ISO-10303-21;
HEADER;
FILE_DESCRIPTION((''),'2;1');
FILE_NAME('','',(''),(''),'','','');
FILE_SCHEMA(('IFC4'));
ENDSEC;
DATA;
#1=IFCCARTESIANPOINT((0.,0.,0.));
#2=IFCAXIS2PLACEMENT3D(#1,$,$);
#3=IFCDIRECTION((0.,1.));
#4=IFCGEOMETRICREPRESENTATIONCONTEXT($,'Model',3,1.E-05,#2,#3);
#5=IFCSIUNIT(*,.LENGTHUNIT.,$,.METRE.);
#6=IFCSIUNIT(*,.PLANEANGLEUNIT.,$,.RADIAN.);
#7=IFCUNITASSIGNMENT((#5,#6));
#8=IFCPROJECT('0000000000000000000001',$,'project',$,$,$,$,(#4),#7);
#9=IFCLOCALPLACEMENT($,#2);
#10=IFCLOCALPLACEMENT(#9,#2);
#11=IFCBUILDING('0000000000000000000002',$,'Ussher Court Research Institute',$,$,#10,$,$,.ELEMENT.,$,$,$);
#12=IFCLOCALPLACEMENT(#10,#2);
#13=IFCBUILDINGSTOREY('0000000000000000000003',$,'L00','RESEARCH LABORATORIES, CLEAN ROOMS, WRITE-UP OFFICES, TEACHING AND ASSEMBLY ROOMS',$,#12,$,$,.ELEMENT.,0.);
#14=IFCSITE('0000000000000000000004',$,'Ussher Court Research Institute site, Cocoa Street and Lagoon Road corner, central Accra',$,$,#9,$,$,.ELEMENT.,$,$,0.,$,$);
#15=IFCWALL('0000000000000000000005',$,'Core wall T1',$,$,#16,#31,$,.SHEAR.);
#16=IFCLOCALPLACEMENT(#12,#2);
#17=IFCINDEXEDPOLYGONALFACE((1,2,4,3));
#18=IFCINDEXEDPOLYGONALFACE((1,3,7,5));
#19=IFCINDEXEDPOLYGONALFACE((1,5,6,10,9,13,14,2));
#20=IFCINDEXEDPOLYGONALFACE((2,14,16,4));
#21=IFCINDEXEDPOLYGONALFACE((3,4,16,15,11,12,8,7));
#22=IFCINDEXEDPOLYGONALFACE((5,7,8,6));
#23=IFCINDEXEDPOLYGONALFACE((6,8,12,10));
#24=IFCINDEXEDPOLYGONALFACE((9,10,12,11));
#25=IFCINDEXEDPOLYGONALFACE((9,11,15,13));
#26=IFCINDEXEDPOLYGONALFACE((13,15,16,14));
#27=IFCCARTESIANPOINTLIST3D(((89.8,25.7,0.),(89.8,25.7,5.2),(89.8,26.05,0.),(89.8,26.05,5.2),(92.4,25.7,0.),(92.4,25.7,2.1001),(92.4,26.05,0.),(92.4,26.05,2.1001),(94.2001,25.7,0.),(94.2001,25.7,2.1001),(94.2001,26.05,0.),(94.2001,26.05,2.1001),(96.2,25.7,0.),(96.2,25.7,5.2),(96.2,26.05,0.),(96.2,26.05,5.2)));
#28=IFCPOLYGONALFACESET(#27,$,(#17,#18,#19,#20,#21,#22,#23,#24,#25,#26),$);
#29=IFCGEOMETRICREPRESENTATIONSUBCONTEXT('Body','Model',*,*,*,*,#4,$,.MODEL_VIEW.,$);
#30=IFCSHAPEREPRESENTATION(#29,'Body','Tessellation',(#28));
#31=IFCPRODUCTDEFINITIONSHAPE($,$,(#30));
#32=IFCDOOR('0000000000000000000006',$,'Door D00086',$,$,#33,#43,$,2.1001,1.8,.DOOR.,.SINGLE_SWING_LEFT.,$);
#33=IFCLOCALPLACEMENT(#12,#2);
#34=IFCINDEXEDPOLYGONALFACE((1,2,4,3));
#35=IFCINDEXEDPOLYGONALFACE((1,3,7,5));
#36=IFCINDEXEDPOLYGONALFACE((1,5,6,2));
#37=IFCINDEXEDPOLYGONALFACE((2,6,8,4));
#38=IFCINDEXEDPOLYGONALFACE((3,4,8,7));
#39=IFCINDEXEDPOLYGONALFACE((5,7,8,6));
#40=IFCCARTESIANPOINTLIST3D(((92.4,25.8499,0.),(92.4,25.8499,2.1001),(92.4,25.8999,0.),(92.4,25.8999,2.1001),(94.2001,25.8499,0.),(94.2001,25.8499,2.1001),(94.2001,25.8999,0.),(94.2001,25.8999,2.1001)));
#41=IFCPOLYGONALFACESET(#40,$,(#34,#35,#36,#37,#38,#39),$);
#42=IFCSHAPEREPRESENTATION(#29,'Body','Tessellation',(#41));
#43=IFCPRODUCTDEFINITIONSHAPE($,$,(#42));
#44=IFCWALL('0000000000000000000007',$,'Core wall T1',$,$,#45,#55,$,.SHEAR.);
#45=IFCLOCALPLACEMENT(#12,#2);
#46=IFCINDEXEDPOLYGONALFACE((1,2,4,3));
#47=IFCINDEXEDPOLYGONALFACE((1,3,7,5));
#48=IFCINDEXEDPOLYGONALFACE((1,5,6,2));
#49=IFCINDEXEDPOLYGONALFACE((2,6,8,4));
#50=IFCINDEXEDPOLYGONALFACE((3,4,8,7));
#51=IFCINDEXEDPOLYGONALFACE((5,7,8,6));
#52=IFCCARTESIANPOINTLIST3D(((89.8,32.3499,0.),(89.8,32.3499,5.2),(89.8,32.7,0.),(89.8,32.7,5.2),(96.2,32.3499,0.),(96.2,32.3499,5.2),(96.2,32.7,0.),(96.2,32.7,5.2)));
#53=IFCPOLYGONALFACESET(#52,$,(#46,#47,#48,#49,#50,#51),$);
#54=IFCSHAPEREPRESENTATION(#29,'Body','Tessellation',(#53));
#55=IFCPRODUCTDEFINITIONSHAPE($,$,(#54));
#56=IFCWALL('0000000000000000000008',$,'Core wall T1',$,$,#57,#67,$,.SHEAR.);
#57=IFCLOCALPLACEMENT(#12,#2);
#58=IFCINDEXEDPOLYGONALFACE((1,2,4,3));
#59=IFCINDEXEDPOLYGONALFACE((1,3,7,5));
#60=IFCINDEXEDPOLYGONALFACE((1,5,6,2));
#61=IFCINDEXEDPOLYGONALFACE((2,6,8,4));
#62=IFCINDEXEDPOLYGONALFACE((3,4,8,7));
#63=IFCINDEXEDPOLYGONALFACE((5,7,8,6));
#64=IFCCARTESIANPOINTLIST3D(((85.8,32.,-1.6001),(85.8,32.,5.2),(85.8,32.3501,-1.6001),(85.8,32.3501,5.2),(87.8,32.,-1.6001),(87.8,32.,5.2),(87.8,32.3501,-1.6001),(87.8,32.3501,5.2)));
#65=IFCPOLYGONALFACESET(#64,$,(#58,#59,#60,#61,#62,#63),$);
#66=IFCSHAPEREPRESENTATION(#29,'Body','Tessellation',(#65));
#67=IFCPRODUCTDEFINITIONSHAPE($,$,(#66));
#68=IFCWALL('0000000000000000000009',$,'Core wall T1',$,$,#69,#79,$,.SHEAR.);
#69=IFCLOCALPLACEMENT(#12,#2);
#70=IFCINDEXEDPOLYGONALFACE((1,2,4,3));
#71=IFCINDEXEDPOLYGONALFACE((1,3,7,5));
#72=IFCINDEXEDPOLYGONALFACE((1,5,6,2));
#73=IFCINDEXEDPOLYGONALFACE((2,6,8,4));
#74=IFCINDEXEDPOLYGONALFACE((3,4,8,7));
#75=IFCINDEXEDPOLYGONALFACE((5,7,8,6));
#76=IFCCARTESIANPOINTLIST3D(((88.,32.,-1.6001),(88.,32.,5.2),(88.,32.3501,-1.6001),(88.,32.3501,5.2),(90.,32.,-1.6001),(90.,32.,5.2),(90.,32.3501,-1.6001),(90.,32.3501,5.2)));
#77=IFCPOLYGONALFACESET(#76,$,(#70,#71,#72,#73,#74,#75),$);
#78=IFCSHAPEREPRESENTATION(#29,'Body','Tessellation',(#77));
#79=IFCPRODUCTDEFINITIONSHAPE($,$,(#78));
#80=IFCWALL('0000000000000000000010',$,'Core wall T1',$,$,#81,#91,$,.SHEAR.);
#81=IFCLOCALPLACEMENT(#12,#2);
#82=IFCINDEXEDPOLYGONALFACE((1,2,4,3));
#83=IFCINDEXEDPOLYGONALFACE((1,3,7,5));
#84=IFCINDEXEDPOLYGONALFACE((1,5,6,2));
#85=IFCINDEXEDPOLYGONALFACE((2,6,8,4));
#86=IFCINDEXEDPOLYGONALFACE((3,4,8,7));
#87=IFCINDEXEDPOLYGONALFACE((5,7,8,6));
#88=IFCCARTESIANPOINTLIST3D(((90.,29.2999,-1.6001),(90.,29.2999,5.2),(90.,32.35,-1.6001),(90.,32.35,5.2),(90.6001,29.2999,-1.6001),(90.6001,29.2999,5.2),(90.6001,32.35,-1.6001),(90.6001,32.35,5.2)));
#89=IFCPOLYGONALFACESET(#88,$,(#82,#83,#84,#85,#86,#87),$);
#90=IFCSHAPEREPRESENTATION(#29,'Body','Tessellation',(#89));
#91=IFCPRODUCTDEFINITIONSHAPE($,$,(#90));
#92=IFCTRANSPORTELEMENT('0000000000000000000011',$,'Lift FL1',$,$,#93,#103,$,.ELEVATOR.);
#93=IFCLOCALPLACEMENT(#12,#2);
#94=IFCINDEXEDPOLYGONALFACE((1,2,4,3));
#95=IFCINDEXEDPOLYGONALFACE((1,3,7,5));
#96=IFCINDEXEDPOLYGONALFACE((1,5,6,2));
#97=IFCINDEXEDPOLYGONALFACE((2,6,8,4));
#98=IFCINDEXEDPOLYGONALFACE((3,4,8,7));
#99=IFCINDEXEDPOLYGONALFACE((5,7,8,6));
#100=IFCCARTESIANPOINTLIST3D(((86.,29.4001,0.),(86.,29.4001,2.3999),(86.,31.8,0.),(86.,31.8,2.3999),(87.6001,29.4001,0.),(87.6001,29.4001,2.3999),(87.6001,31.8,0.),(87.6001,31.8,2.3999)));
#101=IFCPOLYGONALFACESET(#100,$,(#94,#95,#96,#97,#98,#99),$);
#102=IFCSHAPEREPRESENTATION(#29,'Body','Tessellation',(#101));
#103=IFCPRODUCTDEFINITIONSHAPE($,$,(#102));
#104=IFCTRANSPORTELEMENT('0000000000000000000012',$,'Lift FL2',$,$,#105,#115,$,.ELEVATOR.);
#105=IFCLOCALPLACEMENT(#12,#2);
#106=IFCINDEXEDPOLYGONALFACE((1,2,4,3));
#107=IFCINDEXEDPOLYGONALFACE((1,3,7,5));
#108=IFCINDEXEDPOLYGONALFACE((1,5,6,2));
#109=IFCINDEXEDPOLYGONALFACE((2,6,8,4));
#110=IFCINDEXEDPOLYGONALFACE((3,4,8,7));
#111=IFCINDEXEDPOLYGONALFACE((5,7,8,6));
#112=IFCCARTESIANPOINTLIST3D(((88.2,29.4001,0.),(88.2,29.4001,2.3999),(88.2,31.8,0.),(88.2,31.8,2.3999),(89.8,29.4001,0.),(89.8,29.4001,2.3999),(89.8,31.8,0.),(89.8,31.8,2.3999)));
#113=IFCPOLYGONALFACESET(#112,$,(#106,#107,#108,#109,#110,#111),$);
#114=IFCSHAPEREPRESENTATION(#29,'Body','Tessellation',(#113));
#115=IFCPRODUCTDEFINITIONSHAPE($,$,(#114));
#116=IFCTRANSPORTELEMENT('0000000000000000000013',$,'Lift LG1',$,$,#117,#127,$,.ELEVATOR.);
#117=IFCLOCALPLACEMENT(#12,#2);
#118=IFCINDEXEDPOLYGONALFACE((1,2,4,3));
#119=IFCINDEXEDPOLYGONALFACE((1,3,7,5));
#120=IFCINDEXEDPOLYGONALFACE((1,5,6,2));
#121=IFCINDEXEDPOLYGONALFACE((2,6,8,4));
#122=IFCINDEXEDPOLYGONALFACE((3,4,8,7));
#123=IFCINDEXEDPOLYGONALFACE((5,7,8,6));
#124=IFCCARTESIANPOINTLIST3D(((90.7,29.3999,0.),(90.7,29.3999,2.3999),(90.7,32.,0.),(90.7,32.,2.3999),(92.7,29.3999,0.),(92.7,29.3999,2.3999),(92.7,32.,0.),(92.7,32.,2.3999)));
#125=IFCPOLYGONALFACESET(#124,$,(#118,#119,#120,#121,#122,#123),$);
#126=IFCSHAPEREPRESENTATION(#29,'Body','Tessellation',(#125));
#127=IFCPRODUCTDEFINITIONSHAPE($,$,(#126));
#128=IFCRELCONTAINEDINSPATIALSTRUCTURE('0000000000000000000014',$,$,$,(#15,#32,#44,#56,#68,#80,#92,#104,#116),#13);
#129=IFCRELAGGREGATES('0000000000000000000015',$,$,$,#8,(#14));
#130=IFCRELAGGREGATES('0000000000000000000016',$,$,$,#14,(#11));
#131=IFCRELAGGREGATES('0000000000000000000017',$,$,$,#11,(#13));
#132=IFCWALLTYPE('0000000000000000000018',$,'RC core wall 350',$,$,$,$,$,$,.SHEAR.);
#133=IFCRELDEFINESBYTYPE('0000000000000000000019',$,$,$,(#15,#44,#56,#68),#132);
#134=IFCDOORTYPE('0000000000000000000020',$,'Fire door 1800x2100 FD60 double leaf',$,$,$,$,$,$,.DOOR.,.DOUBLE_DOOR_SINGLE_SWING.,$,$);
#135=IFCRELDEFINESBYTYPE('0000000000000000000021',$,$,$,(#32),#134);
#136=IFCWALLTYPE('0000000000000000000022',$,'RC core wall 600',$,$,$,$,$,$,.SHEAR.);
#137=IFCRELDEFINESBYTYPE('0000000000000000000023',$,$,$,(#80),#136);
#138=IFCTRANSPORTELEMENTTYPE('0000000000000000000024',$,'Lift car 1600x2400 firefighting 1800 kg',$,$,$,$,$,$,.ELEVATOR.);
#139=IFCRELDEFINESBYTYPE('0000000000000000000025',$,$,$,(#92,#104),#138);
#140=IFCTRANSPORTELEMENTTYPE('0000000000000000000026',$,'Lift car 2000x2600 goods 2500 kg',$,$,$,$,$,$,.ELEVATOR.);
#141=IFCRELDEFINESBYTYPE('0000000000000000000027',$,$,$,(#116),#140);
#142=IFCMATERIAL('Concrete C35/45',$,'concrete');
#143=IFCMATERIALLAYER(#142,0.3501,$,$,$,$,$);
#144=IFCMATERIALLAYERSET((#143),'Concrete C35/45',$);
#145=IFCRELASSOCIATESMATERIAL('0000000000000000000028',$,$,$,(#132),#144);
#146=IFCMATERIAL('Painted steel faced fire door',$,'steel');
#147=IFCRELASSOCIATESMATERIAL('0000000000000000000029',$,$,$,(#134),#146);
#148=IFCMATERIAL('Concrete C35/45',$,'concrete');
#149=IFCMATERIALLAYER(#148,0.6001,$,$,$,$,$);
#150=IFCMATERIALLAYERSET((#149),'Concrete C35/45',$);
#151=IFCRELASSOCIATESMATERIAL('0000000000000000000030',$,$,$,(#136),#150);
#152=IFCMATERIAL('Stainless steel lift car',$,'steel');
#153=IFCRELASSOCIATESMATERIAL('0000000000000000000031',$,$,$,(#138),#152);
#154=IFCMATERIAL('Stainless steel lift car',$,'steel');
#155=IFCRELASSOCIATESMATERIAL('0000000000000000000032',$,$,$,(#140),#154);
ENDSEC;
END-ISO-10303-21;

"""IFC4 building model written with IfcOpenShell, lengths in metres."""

from ifc_helpers import new_model, si_unit, direction, frame, frame_2d, origin, origin_2d, place, context, subcontext, project, spatial, rectangle, extrude, material, layer, layer_set, type_object, element, fill, save


model = new_model("IFC4")

# Units and contexts
model_context = context("Model", 3, precision=1e-05, world=origin(), true_north=direction((0.0, 1.0)))
body_context = subcontext(model_context, "Body", "Model", "MODEL_VIEW")
ifc_project = project(units=[si_unit("LENGTHUNIT", "METRE"), si_unit("PLANEANGLEUNIT", "RADIAN")], contexts=[model_context])

# Site, building, storey
site_placement = place(None, origin())
site = spatial("IfcSite", under=ifc_project, at=site_placement, Name="Ussher Court Research Institute site, Cocoa Street and Lagoon Road corner, central Accra", CompositionType="ELEMENT", RefElevation=0.0)
building_placement = place(site_placement, origin())
building = spatial("IfcBuilding", under=site, at=building_placement, Name="Ussher Court Research Institute", CompositionType="ELEMENT")
storey_placement = place(building_placement, origin())
storey = spatial("IfcBuildingStorey", under=building, at=storey_placement, Name="L00", Description="RESEARCH LABORATORIES, CLEAN ROOMS, WRITE-UP OFFICES, TEACHING AND ASSEMBLY ROOMS", CompositionType="ELEMENT", Elevation=0.0)

# Wall, opening, door
ifc_material_1 = material(Name="Concrete C35/45", Category="concrete")
ifc_layer_1 = layer(ifc_material_1, 0.3501)
ifc_layer_set_1 = layer_set([ifc_layer_1], Name="Concrete C35/45")
wall_type_1 = type_object("IfcWallType", Name="RC core wall 350", PredefinedType="SHEAR", material=ifc_layer_set_1)
wall_1_placement = place(storey_placement, frame((89.8, 25.875, 0.0), z_axis=(0.0, 0.0, 1.0), x_axis=(1.0, 0.0, 0.0)))
wall_1 = element("IfcWall", 1, at=wall_1_placement, inside=storey, type_object=wall_type_1, Name="Core wall T1", PredefinedType="SHEAR", context=body_context, shape_type="SweptSolid", body=[
    extrude(rectangle(XDim=6.3999, YDim=0.3501, at=frame_2d((3.2, 0.0))), origin(), (0.0, 0.0, 1.0), 5.2),
])
opening_1_placement = place(wall_1_placement, frame((2.6001, 0.0, 0.0)))
opening_1 = element("IfcOpeningElement", 2, at=opening_1_placement, cuts=wall_1, PredefinedType="OPENING", context=body_context, shape_type="SweptSolid", body=[
    extrude(rectangle(XDim=1.8, YDim=2.1001, at=frame_2d((0.8999, 1.05))), frame((0.0, 0.1851, 0.0), z_axis=(0.0, -1.0, 0.0), x_axis=(1.0, 0.0, 0.0)), (0.0, 0.0, 1.0), 0.3701),
])
ifc_material_2 = material(Name="Painted steel faced fire door", Category="steel")
door_type_1 = type_object("IfcDoorType", Name="Fire door 1800x2100 FD60 double leaf", OperationType="DOUBLE_DOOR_SINGLE_SWING", PredefinedType="DOOR", material=ifc_material_2)
door_1_placement = place(opening_1_placement, origin())
door_1 = element("IfcDoor", 3, at=door_1_placement, inside=storey, type_object=door_type_1, Name="Door D00086", OperationType="SINGLE_SWING_LEFT", OverallHeight=2.1001, OverallWidth=1.8, PredefinedType="DOOR", context=body_context, shape_type="SweptSolid", body=[
    extrude(rectangle(XDim=1.8, YDim=2.1001, at=frame_2d((0.8999, 1.05))), frame((0.0, 0.0249, 0.0), z_axis=(0.0, -1.0, 0.0), x_axis=(1.0, 0.0, 0.0)), (0.0, 0.0, 1.0), 0.05),
])
fill(opening_1, door_1)

# Walls
wall_2_placement = place(storey_placement, frame((89.8, 32.5249, 0.0), z_axis=(0.0, 0.0, 1.0), x_axis=(1.0, 0.0, 0.0)))
element("IfcWall", 4, at=wall_2_placement, inside=storey, type_object=wall_type_1, Name="Core wall T1", PredefinedType="SHEAR", context=body_context, shape_type="SweptSolid", body=[
    extrude(rectangle(XDim=6.3999, YDim=0.3501, at=frame_2d((3.2, 0.0))), origin(), (0.0, 0.0, 1.0), 5.2),
])
for number, where, z_axis, x_axis, name in (
    (5, (85.8, 32.175, -1.6001), (0.0, 0.0, 1.0), (1.0, 0.0, 0.0), "Core wall T1"),
    (6, (88.0, 32.175, -1.6001), (0.0, 0.0, 1.0), (1.0, 0.0, 0.0), "Core wall T1"),
):
    element("IfcWall", number, at=place(storey_placement, frame(where, z_axis=z_axis, x_axis=x_axis)), inside=storey, type_object=wall_type_1, Name=name, PredefinedType="SHEAR", context=body_context, shape_type="SweptSolid", body=[
        extrude(rectangle(XDim=2.0, YDim=0.3501, at=frame_2d((1.0, 0.0))), origin(), (0.0, 0.0, 1.0), 6.8),
    ])
ifc_material_3 = material(Name="Concrete C35/45", Category="concrete")
ifc_layer_2 = layer(ifc_material_3, 0.6001)
ifc_layer_set_2 = layer_set([ifc_layer_2], Name="Concrete C35/45")
wall_type_2 = type_object("IfcWallType", Name="RC core wall 600", PredefinedType="SHEAR", material=ifc_layer_set_2)
wall_3_placement = place(storey_placement, frame((90.3, 29.3, -1.6001), z_axis=(0.0, 0.0, 1.0), x_axis=(0.0, 1.0, 0.0)))
element("IfcWall", 7, at=wall_3_placement, inside=storey, type_object=wall_type_2, Name="Core wall T1", PredefinedType="SHEAR", context=body_context, shape_type="SweptSolid", body=[
    extrude(rectangle(XDim=3.05, YDim=0.6001, at=frame_2d((1.5249, 0.0))), origin(), (0.0, 0.0, 1.0), 6.8),
])

# Transport elements
ifc_material_4 = material(Name="Stainless steel lift car", Category="steel")
transport_element_type_1 = type_object("IfcTransportElementType", Name="Lift car 1600x2400 firefighting 1800 kg", PredefinedType="ELEVATOR", material=ifc_material_4)
for number, where, z_axis, x_axis, name in (
    (8, (86.8, 30.6001, 0.0), (0.0, 0.0, 1.0), (1.0, 0.0, 0.0), "Lift FL1"),
    (9, (89.0, 30.6001, 0.0), (0.0, 0.0, 1.0), (1.0, 0.0, 0.0), "Lift FL2"),
):
    element("IfcTransportElement", number, at=place(storey_placement, frame(where, z_axis=z_axis, x_axis=x_axis)), inside=storey, type_object=transport_element_type_1, Name=name, PredefinedType="ELEVATOR", context=body_context, shape_type="SweptSolid", body=[
        extrude(rectangle(XDim=1.6001, YDim=2.3999, at=origin_2d()), origin(), (0.0, 0.0, 1.0), 2.3999),
    ])
ifc_material_5 = material(Name="Stainless steel lift car", Category="steel")
transport_element_type_2 = type_object("IfcTransportElementType", Name="Lift car 2000x2600 goods 2500 kg", PredefinedType="ELEVATOR", material=ifc_material_5)
transport_element_placement = place(storey_placement, frame((91.7, 30.7, 0.0), z_axis=(0.0, 0.0, 1.0), x_axis=(1.0, 0.0, 0.0)))
element("IfcTransportElement", 10, at=transport_element_placement, inside=storey, type_object=transport_element_type_2, Name="Lift LG1", PredefinedType="ELEVATOR", context=body_context, shape_type="SweptSolid", body=[
    extrude(rectangle(XDim=2.0, YDim=2.6001, at=origin_2d()), origin(), (0.0, 0.0, 1.0), 2.3999),
])

save(model, "model.ifc")
